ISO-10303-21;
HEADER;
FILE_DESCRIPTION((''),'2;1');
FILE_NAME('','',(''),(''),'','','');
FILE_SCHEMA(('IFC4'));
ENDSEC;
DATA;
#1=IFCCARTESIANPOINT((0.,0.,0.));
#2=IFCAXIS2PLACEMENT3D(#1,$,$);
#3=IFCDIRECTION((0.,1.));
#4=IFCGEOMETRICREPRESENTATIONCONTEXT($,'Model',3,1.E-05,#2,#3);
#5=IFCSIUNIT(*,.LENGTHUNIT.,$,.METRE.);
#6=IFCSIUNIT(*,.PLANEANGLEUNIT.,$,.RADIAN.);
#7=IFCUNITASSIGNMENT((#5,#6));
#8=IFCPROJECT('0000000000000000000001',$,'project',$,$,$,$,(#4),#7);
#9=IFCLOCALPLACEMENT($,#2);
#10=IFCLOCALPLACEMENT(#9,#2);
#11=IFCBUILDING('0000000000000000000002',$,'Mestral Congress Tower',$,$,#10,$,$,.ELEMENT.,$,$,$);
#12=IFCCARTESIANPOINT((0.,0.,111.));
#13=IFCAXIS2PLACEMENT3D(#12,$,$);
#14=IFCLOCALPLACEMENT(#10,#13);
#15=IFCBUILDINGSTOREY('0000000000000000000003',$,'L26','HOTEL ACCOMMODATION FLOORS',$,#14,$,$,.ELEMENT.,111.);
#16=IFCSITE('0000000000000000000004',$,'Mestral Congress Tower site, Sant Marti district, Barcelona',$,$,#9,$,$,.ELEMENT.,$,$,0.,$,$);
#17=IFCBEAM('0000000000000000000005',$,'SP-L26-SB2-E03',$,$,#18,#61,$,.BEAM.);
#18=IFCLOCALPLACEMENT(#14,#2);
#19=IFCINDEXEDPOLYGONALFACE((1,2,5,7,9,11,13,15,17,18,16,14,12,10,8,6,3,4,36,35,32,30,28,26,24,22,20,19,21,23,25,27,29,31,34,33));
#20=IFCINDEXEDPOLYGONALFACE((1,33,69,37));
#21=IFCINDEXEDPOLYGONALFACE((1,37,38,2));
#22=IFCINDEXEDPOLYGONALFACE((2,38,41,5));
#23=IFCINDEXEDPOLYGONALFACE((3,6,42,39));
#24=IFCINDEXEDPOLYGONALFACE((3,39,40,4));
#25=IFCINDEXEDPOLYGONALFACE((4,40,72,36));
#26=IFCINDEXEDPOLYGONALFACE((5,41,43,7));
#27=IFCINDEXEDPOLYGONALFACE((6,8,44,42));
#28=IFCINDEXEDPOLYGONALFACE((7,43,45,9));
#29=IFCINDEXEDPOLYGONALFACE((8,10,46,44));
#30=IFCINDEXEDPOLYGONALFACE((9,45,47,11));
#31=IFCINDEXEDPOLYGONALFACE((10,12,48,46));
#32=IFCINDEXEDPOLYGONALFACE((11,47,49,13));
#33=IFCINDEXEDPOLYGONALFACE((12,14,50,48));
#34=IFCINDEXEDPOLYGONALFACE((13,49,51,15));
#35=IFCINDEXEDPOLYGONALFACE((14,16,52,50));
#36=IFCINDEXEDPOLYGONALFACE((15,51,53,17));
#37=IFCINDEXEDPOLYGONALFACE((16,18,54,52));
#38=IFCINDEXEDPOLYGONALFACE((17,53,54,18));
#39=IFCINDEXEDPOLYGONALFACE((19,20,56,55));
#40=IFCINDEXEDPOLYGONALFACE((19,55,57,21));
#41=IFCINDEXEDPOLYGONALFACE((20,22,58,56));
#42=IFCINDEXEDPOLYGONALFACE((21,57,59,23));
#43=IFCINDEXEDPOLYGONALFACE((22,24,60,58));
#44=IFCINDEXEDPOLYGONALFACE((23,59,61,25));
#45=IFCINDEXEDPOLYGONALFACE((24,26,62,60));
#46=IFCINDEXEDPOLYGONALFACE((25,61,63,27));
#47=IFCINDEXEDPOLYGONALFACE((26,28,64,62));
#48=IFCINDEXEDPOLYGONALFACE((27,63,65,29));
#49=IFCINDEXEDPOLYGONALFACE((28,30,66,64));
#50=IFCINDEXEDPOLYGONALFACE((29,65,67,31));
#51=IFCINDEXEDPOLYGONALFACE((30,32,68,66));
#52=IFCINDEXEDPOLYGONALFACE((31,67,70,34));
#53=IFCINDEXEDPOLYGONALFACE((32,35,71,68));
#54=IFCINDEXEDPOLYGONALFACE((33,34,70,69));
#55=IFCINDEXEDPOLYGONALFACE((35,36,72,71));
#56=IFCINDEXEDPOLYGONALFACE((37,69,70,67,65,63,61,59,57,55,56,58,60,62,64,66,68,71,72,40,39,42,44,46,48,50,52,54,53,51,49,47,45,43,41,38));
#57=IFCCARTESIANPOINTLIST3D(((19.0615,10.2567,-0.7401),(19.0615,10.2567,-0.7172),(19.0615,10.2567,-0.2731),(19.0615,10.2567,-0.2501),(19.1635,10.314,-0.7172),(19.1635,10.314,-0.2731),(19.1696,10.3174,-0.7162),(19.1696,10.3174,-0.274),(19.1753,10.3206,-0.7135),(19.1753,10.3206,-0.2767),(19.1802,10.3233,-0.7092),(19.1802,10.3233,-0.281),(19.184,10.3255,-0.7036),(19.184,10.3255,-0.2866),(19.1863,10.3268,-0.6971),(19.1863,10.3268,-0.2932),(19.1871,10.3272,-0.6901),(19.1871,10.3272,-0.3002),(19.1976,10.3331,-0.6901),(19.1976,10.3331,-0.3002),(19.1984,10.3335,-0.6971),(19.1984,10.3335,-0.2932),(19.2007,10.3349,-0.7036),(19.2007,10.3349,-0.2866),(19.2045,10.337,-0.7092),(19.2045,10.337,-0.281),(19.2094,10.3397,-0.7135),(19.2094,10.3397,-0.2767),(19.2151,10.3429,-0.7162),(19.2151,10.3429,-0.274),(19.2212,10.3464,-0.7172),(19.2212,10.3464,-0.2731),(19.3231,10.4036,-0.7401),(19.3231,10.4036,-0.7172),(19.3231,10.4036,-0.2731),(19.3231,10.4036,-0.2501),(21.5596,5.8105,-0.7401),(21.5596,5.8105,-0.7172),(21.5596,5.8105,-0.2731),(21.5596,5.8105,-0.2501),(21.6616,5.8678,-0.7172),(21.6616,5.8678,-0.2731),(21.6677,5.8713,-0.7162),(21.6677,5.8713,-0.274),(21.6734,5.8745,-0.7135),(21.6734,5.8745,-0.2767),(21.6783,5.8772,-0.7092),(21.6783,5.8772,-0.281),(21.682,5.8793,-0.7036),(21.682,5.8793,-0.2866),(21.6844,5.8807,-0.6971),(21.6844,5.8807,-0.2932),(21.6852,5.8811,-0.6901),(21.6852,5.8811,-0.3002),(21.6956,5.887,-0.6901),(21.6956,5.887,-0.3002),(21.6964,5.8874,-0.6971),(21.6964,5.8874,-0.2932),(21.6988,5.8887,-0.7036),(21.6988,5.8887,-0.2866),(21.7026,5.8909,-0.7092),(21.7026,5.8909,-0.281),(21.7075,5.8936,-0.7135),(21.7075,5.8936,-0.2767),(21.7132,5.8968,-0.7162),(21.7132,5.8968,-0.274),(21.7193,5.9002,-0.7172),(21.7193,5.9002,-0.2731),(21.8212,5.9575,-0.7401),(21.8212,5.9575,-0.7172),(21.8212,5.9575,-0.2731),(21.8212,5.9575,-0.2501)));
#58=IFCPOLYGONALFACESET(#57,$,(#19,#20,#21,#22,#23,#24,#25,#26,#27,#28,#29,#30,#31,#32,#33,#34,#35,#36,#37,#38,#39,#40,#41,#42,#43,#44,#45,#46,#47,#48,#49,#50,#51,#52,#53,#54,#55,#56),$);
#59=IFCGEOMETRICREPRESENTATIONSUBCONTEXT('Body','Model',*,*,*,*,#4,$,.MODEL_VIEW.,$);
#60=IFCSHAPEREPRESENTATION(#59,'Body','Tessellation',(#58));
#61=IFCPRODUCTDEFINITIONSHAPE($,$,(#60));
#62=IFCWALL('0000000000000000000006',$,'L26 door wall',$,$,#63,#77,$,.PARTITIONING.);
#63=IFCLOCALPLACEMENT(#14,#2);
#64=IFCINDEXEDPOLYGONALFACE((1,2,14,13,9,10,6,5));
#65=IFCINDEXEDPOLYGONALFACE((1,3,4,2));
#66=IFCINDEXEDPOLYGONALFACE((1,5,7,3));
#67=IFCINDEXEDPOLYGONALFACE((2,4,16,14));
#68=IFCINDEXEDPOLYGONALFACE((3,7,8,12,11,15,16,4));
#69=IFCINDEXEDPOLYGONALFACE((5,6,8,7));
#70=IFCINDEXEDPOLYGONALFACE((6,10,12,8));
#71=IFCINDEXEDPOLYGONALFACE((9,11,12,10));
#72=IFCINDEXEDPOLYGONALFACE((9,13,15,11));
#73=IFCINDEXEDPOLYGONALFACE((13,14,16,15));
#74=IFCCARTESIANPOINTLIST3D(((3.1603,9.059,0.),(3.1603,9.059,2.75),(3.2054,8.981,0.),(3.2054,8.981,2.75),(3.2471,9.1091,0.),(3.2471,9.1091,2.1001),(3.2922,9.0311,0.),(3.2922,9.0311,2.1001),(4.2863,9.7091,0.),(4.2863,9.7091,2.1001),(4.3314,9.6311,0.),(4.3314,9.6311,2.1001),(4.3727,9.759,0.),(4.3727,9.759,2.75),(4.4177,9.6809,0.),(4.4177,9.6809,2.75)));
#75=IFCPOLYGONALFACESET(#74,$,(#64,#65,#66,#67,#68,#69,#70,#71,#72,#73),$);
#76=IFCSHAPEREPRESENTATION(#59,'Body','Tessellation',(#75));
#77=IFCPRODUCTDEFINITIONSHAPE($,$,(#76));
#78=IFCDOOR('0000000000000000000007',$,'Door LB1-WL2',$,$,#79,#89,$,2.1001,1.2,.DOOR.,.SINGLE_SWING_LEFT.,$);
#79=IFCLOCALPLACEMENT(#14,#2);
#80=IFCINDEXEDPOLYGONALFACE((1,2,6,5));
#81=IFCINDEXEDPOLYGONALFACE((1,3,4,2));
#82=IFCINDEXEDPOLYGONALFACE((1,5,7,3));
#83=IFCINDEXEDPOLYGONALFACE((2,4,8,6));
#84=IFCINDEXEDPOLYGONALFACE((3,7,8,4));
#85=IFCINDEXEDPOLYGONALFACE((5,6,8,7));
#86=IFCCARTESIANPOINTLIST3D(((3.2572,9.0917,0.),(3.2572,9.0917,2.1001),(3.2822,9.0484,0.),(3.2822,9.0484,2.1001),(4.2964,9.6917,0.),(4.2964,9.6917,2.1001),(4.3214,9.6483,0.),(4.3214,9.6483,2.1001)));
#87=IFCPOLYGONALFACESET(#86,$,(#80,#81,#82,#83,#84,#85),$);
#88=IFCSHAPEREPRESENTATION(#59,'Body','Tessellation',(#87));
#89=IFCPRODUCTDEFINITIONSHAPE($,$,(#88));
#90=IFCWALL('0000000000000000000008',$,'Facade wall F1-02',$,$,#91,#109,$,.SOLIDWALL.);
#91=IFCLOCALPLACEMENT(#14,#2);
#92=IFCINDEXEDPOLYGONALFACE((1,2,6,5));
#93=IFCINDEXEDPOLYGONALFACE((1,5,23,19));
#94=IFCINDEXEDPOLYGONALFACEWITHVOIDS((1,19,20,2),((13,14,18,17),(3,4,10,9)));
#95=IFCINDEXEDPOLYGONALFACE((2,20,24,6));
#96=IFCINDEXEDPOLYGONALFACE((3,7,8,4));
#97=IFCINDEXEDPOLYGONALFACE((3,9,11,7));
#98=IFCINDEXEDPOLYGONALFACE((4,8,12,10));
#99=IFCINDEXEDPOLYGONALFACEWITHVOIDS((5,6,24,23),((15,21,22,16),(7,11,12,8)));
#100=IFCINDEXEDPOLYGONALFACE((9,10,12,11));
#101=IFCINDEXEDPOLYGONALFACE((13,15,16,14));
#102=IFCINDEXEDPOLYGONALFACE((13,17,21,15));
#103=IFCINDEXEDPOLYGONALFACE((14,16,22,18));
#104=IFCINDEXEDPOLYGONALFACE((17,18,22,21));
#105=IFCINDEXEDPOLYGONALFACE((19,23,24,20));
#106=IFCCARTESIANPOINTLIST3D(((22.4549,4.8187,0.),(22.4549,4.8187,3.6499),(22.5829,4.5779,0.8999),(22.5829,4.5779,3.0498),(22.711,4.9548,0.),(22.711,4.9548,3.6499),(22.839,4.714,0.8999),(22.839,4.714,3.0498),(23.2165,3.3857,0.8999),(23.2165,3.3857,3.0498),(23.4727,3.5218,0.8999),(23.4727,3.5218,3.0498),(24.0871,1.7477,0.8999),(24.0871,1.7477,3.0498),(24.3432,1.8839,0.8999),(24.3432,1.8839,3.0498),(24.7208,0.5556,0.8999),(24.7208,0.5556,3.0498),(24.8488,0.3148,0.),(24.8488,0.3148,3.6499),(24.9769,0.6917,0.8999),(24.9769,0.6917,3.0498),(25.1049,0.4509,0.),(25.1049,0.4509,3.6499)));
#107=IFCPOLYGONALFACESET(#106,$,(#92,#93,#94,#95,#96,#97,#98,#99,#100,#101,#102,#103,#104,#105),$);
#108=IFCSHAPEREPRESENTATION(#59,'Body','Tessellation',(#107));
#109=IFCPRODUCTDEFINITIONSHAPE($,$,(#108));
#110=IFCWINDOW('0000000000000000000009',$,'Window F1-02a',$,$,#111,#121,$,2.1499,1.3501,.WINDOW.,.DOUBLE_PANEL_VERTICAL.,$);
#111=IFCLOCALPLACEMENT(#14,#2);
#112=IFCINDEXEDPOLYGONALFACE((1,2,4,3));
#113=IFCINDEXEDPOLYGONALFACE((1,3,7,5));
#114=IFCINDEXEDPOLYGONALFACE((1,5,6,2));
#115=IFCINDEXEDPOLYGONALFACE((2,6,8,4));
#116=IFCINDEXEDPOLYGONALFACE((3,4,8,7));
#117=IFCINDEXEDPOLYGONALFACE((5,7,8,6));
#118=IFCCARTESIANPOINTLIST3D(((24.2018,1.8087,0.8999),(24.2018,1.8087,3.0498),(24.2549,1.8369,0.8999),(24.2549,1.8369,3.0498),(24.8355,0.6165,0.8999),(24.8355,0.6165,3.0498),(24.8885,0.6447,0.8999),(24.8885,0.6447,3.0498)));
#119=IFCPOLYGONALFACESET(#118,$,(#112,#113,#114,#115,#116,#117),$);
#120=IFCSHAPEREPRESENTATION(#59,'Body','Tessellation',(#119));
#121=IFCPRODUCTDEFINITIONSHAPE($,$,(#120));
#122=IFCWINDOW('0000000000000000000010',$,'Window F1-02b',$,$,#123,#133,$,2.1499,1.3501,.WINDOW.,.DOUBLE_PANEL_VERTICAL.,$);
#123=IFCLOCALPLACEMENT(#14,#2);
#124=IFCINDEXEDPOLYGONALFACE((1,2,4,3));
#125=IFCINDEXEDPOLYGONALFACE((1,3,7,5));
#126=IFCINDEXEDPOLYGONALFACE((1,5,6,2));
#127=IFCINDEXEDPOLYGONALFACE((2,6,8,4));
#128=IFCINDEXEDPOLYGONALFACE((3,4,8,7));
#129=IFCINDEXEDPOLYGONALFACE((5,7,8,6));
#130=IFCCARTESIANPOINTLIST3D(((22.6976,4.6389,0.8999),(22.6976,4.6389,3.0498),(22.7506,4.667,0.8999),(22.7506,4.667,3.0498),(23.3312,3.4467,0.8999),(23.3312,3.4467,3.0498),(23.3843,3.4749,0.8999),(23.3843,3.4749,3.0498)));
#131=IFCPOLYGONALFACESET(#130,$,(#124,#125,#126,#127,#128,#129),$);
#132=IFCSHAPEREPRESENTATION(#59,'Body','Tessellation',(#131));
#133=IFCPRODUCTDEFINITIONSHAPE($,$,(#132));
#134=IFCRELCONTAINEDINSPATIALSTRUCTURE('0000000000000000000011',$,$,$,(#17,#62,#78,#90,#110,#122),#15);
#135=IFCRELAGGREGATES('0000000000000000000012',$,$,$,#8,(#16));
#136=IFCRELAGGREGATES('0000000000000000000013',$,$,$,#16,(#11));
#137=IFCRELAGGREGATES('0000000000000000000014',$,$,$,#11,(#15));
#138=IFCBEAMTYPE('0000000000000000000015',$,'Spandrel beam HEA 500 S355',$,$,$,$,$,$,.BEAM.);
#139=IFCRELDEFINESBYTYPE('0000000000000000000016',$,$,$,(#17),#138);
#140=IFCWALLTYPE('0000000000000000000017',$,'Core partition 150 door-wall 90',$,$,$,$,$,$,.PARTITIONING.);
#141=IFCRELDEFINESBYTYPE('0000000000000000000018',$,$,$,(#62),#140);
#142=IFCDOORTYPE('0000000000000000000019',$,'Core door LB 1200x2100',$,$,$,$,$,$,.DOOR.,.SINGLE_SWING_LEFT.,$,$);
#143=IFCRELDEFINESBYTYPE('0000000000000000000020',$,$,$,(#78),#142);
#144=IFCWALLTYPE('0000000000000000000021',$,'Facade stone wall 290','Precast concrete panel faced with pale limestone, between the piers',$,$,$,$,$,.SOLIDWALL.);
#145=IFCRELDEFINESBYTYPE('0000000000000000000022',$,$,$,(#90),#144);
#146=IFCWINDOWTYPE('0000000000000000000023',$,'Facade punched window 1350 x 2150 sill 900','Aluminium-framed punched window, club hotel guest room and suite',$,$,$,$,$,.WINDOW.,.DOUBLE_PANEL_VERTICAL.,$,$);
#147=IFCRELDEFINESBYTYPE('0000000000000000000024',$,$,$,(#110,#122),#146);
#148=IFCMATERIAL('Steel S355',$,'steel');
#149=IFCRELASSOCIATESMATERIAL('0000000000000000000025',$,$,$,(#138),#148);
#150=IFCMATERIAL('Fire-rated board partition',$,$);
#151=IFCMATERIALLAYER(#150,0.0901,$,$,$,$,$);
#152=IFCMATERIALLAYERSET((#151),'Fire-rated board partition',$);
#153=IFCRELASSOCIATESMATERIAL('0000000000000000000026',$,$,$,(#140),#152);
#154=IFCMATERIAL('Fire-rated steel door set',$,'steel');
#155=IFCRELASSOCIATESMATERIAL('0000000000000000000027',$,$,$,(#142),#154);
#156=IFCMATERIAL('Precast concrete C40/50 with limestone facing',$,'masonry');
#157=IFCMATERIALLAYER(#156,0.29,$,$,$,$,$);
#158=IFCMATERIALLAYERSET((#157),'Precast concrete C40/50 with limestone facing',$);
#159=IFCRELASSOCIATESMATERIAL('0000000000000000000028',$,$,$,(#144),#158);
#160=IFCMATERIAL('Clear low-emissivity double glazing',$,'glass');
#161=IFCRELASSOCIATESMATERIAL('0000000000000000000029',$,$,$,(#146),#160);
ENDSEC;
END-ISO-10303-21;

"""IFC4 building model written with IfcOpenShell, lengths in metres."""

from ifc_helpers import new_model, si_unit, direction, frame, frame_2d, origin, origin_2d, place, context, subcontext, project, spatial, rectangle, i_section, extrude, material, layer, layer_set, material_profile, profile_set, type_object, element, fill, save


model = new_model("IFC4")

# Units and contexts
model_context = context("Model", 3, precision=1e-05, world=origin(), true_north=direction((0.0, 1.0)))
body_context = subcontext(model_context, "Body", "Model", "MODEL_VIEW")
ifc_project = project(units=[si_unit("LENGTHUNIT", "METRE"), si_unit("PLANEANGLEUNIT", "RADIAN")], contexts=[model_context])

# Site, building, storey
site_placement = place(None, origin())
site = spatial("IfcSite", under=ifc_project, at=site_placement, Name="Mestral Congress Tower site, Sant Marti district, Barcelona", CompositionType="ELEMENT", RefElevation=0.0)
building_placement = place(site_placement, origin())
building = spatial("IfcBuilding", under=site, at=building_placement, Name="Mestral Congress Tower", CompositionType="ELEMENT")
storey_placement = place(building_placement, frame((0.0, 0.0, 111.0)))
storey = spatial("IfcBuildingStorey", under=building, at=storey_placement, Name="L26", Description="HOTEL ACCOMMODATION FLOORS", CompositionType="ELEMENT", Elevation=111.0)

# Beam
ifc_material_1 = material(Name="Steel S355", Category="steel")
ifc_material_profile_1 = material_profile(ifc_material_1, i_section(OverallWidth=0.3, OverallDepth=0.49, WebThickness=0.012, FlangeThickness=0.0229, FilletRadius=0.0271, at=origin_2d()), Name="HEA 500")
ifc_profile_set_1 = profile_set([ifc_material_profile_1], Name="Steel S355")
beam_type_1 = type_object("IfcBeamType", Name="Spandrel beam HEA 500 S355", PredefinedType="BEAM", material=ifc_profile_set_1)
for number, where, z_axis, x_axis, name in (
    (1, (21.6904, 5.884, -0.4951), (-0.489836, 0.871815, 0.0), (-0.871815, -0.489836, 0.0), "SP-L26-SB2-E03"),
):
    element("IfcBeam", number, at=place(storey_placement, frame(where, z_axis=z_axis, x_axis=x_axis)), inside=storey, type_object=beam_type_1, Name=name, PredefinedType="BEAM", context=body_context, shape_type="SweptSolid", body=[
        extrude(i_section(OverallWidth=0.3, OverallDepth=0.49, WebThickness=0.012, FlangeThickness=0.0229, FilletRadius=0.0271, at=origin_2d()), origin(), (0.0, 0.0, 1.0), 5.0999),
    ])

# Wall, opening, door
ifc_material_2 = material(Name="Fire-rated board partition")
ifc_layer_1 = layer(ifc_material_2, 0.0901)
ifc_layer_set_1 = layer_set([ifc_layer_1], Name="Fire-rated board partition")
wall_type_1 = type_object("IfcWallType", Name="Core partition 150 door-wall 90", PredefinedType="PARTITIONING", material=ifc_layer_set_1)
wall_1_placement = place(storey_placement, frame((3.1829, 9.02, 0.0), z_axis=(0.0, 0.0, 1.0), x_axis=(0.866035, 0.499984, 0.0)))
wall_1 = element("IfcWall", 2, at=wall_1_placement, inside=storey, type_object=wall_type_1, Name="L26 door wall", PredefinedType="PARTITIONING", context=body_context, shape_type="SweptSolid", body=[
    extrude(rectangle(XDim=1.3999, YDim=0.0901, at=frame_2d((0.7, 0.0))), origin(), (0.0, 0.0, 1.0), 2.75),
])
opening_1_placement = place(wall_1_placement, frame((0.1001, 0.0, 0.0)))
opening_1 = element("IfcOpeningElement", 3, at=opening_1_placement, cuts=wall_1, PredefinedType="OPENING", context=body_context, shape_type="SweptSolid", body=[
    extrude(rectangle(XDim=1.2, YDim=2.1001, at=frame_2d((0.6001, 1.05))), frame((0.0, 0.0549, 0.0), z_axis=(0.0, -1.0, 0.0), x_axis=(1.0, 0.0, 0.0)), (0.0, 0.0, 1.0), 0.1101),
])
ifc_material_3 = material(Name="Fire-rated steel door set", Category="steel")
door_type_1 = type_object("IfcDoorType", Name="Core door LB 1200x2100", OperationType="SINGLE_SWING_LEFT", PredefinedType="DOOR", material=ifc_material_3)
door_1_placement = place(opening_1_placement, origin())
door_1 = element("IfcDoor", 4, at=door_1_placement, inside=storey, type_object=door_type_1, Name="Door LB1-WL2", OperationType="SINGLE_SWING_LEFT", OverallHeight=2.1001, OverallWidth=1.2, PredefinedType="DOOR", context=body_context, shape_type="SweptSolid", body=[
    extrude(rectangle(XDim=1.2, YDim=2.1001, at=frame_2d((0.6001, 1.05))), frame((0.0, 0.0249, 0.0), z_axis=(0.0, -1.0, 0.0), x_axis=(1.0, 0.0, 0.0)), (0.0, 0.0, 1.0), 0.05),
])
fill(opening_1, door_1)

# Wall, openings, windows
ifc_material_4 = material(Name="Precast concrete C40/50 with limestone facing", Category="masonry")
ifc_layer_2 = layer(ifc_material_4, 0.29)
ifc_layer_set_2 = layer_set([ifc_layer_2], Name="Precast concrete C40/50 with limestone facing")
wall_type_2 = type_object("IfcWallType", Name="Facade stone wall 290", Description="Precast concrete panel faced with pale limestone, between the piers", PredefinedType="SOLIDWALL", material=ifc_layer_set_2)
wall_2_placement = place(storey_placement, frame((24.9768, 0.3828, 0.0), z_axis=(0.0, 0.0, 1.0), x_axis=(-0.469323, 0.883026, 0.0)))
wall_2 = element("IfcWall", 5, at=wall_2_placement, inside=storey, type_object=wall_type_2, Name="Facade wall F1-02", PredefinedType="SOLIDWALL", context=body_context, shape_type="SweptSolid", body=[
    extrude(rectangle(XDim=5.1006, YDim=0.29, at=frame_2d((2.5503, 0.0))), origin(), (0.0, 0.0, 1.0), 3.6499),
])
opening_2_placement = place(wall_2_placement, frame((0.2727, 0.0, 0.8999)))
opening_2 = element("IfcOpeningElement", 6, at=opening_2_placement, cuts=wall_2, PredefinedType="OPENING", context=body_context, shape_type="SweptSolid", body=[
    extrude(rectangle(XDim=1.3501, YDim=2.1499, at=frame_2d((0.675, 1.075))), frame((0.0, 0.155, 0.0), z_axis=(0.0, -1.0, 0.0), x_axis=(1.0, 0.0, 0.0)), (0.0, 0.0, 1.0), 0.3101),
])
opening_3_placement = place(wall_2_placement, frame((3.4778, 0.0, 0.8999)))
opening_3 = element("IfcOpeningElement", 7, at=opening_3_placement, cuts=wall_2, PredefinedType="OPENING", context=body_context, shape_type="SweptSolid", body=[
    extrude(rectangle(XDim=1.3501, YDim=2.1499, at=frame_2d((0.675, 1.075))), frame((0.0, 0.155, 0.0), z_axis=(0.0, -1.0, 0.0), x_axis=(1.0, 0.0, 0.0)), (0.0, 0.0, 1.0), 0.3101),
])
ifc_material_5 = material(Name="Clear low-emissivity double glazing", Category="glass")
window_type = type_object("IfcWindowType", Name="Facade punched window 1350 x 2150 sill 900", Description="Aluminium-framed punched window, club hotel guest room and suite", PartitioningType="DOUBLE_PANEL_VERTICAL", PredefinedType="WINDOW", material=ifc_material_5)
window_1_placement = place(opening_2_placement, origin())
window_1 = element("IfcWindow", 8, at=window_1_placement, inside=storey, type_object=window_type, Name="Window F1-02a", OverallHeight=2.1499, OverallWidth=1.3501, PartitioningType="DOUBLE_PANEL_VERTICAL", PredefinedType="WINDOW", context=body_context, shape_type="SweptSolid", body=[
    extrude(rectangle(XDim=1.3501, YDim=2.1499, at=frame_2d((0.675, 1.075))), frame((0.0, 0.0151, 0.0), z_axis=(0.0, -1.0, 0.0), x_axis=(1.0, 0.0, 0.0)), (0.0, 0.0, 1.0), 0.0601),
])
fill(opening_2, window_1)
window_2_placement = place(opening_3_placement, origin())
window_2 = element("IfcWindow", 9, at=window_2_placement, inside=storey, type_object=window_type, Name="Window F1-02b", OverallHeight=2.1499, OverallWidth=1.3501, PartitioningType="DOUBLE_PANEL_VERTICAL", PredefinedType="WINDOW", context=body_context, shape_type="SweptSolid", body=[
    extrude(rectangle(XDim=1.3501, YDim=2.1499, at=frame_2d((0.675, 1.075))), frame((0.0, 0.0151, 0.0), z_axis=(0.0, -1.0, 0.0), x_axis=(1.0, 0.0, 0.0)), (0.0, 0.0, 1.0), 0.0601),
])
fill(opening_3, window_2)

save(model, "model.ifc")
